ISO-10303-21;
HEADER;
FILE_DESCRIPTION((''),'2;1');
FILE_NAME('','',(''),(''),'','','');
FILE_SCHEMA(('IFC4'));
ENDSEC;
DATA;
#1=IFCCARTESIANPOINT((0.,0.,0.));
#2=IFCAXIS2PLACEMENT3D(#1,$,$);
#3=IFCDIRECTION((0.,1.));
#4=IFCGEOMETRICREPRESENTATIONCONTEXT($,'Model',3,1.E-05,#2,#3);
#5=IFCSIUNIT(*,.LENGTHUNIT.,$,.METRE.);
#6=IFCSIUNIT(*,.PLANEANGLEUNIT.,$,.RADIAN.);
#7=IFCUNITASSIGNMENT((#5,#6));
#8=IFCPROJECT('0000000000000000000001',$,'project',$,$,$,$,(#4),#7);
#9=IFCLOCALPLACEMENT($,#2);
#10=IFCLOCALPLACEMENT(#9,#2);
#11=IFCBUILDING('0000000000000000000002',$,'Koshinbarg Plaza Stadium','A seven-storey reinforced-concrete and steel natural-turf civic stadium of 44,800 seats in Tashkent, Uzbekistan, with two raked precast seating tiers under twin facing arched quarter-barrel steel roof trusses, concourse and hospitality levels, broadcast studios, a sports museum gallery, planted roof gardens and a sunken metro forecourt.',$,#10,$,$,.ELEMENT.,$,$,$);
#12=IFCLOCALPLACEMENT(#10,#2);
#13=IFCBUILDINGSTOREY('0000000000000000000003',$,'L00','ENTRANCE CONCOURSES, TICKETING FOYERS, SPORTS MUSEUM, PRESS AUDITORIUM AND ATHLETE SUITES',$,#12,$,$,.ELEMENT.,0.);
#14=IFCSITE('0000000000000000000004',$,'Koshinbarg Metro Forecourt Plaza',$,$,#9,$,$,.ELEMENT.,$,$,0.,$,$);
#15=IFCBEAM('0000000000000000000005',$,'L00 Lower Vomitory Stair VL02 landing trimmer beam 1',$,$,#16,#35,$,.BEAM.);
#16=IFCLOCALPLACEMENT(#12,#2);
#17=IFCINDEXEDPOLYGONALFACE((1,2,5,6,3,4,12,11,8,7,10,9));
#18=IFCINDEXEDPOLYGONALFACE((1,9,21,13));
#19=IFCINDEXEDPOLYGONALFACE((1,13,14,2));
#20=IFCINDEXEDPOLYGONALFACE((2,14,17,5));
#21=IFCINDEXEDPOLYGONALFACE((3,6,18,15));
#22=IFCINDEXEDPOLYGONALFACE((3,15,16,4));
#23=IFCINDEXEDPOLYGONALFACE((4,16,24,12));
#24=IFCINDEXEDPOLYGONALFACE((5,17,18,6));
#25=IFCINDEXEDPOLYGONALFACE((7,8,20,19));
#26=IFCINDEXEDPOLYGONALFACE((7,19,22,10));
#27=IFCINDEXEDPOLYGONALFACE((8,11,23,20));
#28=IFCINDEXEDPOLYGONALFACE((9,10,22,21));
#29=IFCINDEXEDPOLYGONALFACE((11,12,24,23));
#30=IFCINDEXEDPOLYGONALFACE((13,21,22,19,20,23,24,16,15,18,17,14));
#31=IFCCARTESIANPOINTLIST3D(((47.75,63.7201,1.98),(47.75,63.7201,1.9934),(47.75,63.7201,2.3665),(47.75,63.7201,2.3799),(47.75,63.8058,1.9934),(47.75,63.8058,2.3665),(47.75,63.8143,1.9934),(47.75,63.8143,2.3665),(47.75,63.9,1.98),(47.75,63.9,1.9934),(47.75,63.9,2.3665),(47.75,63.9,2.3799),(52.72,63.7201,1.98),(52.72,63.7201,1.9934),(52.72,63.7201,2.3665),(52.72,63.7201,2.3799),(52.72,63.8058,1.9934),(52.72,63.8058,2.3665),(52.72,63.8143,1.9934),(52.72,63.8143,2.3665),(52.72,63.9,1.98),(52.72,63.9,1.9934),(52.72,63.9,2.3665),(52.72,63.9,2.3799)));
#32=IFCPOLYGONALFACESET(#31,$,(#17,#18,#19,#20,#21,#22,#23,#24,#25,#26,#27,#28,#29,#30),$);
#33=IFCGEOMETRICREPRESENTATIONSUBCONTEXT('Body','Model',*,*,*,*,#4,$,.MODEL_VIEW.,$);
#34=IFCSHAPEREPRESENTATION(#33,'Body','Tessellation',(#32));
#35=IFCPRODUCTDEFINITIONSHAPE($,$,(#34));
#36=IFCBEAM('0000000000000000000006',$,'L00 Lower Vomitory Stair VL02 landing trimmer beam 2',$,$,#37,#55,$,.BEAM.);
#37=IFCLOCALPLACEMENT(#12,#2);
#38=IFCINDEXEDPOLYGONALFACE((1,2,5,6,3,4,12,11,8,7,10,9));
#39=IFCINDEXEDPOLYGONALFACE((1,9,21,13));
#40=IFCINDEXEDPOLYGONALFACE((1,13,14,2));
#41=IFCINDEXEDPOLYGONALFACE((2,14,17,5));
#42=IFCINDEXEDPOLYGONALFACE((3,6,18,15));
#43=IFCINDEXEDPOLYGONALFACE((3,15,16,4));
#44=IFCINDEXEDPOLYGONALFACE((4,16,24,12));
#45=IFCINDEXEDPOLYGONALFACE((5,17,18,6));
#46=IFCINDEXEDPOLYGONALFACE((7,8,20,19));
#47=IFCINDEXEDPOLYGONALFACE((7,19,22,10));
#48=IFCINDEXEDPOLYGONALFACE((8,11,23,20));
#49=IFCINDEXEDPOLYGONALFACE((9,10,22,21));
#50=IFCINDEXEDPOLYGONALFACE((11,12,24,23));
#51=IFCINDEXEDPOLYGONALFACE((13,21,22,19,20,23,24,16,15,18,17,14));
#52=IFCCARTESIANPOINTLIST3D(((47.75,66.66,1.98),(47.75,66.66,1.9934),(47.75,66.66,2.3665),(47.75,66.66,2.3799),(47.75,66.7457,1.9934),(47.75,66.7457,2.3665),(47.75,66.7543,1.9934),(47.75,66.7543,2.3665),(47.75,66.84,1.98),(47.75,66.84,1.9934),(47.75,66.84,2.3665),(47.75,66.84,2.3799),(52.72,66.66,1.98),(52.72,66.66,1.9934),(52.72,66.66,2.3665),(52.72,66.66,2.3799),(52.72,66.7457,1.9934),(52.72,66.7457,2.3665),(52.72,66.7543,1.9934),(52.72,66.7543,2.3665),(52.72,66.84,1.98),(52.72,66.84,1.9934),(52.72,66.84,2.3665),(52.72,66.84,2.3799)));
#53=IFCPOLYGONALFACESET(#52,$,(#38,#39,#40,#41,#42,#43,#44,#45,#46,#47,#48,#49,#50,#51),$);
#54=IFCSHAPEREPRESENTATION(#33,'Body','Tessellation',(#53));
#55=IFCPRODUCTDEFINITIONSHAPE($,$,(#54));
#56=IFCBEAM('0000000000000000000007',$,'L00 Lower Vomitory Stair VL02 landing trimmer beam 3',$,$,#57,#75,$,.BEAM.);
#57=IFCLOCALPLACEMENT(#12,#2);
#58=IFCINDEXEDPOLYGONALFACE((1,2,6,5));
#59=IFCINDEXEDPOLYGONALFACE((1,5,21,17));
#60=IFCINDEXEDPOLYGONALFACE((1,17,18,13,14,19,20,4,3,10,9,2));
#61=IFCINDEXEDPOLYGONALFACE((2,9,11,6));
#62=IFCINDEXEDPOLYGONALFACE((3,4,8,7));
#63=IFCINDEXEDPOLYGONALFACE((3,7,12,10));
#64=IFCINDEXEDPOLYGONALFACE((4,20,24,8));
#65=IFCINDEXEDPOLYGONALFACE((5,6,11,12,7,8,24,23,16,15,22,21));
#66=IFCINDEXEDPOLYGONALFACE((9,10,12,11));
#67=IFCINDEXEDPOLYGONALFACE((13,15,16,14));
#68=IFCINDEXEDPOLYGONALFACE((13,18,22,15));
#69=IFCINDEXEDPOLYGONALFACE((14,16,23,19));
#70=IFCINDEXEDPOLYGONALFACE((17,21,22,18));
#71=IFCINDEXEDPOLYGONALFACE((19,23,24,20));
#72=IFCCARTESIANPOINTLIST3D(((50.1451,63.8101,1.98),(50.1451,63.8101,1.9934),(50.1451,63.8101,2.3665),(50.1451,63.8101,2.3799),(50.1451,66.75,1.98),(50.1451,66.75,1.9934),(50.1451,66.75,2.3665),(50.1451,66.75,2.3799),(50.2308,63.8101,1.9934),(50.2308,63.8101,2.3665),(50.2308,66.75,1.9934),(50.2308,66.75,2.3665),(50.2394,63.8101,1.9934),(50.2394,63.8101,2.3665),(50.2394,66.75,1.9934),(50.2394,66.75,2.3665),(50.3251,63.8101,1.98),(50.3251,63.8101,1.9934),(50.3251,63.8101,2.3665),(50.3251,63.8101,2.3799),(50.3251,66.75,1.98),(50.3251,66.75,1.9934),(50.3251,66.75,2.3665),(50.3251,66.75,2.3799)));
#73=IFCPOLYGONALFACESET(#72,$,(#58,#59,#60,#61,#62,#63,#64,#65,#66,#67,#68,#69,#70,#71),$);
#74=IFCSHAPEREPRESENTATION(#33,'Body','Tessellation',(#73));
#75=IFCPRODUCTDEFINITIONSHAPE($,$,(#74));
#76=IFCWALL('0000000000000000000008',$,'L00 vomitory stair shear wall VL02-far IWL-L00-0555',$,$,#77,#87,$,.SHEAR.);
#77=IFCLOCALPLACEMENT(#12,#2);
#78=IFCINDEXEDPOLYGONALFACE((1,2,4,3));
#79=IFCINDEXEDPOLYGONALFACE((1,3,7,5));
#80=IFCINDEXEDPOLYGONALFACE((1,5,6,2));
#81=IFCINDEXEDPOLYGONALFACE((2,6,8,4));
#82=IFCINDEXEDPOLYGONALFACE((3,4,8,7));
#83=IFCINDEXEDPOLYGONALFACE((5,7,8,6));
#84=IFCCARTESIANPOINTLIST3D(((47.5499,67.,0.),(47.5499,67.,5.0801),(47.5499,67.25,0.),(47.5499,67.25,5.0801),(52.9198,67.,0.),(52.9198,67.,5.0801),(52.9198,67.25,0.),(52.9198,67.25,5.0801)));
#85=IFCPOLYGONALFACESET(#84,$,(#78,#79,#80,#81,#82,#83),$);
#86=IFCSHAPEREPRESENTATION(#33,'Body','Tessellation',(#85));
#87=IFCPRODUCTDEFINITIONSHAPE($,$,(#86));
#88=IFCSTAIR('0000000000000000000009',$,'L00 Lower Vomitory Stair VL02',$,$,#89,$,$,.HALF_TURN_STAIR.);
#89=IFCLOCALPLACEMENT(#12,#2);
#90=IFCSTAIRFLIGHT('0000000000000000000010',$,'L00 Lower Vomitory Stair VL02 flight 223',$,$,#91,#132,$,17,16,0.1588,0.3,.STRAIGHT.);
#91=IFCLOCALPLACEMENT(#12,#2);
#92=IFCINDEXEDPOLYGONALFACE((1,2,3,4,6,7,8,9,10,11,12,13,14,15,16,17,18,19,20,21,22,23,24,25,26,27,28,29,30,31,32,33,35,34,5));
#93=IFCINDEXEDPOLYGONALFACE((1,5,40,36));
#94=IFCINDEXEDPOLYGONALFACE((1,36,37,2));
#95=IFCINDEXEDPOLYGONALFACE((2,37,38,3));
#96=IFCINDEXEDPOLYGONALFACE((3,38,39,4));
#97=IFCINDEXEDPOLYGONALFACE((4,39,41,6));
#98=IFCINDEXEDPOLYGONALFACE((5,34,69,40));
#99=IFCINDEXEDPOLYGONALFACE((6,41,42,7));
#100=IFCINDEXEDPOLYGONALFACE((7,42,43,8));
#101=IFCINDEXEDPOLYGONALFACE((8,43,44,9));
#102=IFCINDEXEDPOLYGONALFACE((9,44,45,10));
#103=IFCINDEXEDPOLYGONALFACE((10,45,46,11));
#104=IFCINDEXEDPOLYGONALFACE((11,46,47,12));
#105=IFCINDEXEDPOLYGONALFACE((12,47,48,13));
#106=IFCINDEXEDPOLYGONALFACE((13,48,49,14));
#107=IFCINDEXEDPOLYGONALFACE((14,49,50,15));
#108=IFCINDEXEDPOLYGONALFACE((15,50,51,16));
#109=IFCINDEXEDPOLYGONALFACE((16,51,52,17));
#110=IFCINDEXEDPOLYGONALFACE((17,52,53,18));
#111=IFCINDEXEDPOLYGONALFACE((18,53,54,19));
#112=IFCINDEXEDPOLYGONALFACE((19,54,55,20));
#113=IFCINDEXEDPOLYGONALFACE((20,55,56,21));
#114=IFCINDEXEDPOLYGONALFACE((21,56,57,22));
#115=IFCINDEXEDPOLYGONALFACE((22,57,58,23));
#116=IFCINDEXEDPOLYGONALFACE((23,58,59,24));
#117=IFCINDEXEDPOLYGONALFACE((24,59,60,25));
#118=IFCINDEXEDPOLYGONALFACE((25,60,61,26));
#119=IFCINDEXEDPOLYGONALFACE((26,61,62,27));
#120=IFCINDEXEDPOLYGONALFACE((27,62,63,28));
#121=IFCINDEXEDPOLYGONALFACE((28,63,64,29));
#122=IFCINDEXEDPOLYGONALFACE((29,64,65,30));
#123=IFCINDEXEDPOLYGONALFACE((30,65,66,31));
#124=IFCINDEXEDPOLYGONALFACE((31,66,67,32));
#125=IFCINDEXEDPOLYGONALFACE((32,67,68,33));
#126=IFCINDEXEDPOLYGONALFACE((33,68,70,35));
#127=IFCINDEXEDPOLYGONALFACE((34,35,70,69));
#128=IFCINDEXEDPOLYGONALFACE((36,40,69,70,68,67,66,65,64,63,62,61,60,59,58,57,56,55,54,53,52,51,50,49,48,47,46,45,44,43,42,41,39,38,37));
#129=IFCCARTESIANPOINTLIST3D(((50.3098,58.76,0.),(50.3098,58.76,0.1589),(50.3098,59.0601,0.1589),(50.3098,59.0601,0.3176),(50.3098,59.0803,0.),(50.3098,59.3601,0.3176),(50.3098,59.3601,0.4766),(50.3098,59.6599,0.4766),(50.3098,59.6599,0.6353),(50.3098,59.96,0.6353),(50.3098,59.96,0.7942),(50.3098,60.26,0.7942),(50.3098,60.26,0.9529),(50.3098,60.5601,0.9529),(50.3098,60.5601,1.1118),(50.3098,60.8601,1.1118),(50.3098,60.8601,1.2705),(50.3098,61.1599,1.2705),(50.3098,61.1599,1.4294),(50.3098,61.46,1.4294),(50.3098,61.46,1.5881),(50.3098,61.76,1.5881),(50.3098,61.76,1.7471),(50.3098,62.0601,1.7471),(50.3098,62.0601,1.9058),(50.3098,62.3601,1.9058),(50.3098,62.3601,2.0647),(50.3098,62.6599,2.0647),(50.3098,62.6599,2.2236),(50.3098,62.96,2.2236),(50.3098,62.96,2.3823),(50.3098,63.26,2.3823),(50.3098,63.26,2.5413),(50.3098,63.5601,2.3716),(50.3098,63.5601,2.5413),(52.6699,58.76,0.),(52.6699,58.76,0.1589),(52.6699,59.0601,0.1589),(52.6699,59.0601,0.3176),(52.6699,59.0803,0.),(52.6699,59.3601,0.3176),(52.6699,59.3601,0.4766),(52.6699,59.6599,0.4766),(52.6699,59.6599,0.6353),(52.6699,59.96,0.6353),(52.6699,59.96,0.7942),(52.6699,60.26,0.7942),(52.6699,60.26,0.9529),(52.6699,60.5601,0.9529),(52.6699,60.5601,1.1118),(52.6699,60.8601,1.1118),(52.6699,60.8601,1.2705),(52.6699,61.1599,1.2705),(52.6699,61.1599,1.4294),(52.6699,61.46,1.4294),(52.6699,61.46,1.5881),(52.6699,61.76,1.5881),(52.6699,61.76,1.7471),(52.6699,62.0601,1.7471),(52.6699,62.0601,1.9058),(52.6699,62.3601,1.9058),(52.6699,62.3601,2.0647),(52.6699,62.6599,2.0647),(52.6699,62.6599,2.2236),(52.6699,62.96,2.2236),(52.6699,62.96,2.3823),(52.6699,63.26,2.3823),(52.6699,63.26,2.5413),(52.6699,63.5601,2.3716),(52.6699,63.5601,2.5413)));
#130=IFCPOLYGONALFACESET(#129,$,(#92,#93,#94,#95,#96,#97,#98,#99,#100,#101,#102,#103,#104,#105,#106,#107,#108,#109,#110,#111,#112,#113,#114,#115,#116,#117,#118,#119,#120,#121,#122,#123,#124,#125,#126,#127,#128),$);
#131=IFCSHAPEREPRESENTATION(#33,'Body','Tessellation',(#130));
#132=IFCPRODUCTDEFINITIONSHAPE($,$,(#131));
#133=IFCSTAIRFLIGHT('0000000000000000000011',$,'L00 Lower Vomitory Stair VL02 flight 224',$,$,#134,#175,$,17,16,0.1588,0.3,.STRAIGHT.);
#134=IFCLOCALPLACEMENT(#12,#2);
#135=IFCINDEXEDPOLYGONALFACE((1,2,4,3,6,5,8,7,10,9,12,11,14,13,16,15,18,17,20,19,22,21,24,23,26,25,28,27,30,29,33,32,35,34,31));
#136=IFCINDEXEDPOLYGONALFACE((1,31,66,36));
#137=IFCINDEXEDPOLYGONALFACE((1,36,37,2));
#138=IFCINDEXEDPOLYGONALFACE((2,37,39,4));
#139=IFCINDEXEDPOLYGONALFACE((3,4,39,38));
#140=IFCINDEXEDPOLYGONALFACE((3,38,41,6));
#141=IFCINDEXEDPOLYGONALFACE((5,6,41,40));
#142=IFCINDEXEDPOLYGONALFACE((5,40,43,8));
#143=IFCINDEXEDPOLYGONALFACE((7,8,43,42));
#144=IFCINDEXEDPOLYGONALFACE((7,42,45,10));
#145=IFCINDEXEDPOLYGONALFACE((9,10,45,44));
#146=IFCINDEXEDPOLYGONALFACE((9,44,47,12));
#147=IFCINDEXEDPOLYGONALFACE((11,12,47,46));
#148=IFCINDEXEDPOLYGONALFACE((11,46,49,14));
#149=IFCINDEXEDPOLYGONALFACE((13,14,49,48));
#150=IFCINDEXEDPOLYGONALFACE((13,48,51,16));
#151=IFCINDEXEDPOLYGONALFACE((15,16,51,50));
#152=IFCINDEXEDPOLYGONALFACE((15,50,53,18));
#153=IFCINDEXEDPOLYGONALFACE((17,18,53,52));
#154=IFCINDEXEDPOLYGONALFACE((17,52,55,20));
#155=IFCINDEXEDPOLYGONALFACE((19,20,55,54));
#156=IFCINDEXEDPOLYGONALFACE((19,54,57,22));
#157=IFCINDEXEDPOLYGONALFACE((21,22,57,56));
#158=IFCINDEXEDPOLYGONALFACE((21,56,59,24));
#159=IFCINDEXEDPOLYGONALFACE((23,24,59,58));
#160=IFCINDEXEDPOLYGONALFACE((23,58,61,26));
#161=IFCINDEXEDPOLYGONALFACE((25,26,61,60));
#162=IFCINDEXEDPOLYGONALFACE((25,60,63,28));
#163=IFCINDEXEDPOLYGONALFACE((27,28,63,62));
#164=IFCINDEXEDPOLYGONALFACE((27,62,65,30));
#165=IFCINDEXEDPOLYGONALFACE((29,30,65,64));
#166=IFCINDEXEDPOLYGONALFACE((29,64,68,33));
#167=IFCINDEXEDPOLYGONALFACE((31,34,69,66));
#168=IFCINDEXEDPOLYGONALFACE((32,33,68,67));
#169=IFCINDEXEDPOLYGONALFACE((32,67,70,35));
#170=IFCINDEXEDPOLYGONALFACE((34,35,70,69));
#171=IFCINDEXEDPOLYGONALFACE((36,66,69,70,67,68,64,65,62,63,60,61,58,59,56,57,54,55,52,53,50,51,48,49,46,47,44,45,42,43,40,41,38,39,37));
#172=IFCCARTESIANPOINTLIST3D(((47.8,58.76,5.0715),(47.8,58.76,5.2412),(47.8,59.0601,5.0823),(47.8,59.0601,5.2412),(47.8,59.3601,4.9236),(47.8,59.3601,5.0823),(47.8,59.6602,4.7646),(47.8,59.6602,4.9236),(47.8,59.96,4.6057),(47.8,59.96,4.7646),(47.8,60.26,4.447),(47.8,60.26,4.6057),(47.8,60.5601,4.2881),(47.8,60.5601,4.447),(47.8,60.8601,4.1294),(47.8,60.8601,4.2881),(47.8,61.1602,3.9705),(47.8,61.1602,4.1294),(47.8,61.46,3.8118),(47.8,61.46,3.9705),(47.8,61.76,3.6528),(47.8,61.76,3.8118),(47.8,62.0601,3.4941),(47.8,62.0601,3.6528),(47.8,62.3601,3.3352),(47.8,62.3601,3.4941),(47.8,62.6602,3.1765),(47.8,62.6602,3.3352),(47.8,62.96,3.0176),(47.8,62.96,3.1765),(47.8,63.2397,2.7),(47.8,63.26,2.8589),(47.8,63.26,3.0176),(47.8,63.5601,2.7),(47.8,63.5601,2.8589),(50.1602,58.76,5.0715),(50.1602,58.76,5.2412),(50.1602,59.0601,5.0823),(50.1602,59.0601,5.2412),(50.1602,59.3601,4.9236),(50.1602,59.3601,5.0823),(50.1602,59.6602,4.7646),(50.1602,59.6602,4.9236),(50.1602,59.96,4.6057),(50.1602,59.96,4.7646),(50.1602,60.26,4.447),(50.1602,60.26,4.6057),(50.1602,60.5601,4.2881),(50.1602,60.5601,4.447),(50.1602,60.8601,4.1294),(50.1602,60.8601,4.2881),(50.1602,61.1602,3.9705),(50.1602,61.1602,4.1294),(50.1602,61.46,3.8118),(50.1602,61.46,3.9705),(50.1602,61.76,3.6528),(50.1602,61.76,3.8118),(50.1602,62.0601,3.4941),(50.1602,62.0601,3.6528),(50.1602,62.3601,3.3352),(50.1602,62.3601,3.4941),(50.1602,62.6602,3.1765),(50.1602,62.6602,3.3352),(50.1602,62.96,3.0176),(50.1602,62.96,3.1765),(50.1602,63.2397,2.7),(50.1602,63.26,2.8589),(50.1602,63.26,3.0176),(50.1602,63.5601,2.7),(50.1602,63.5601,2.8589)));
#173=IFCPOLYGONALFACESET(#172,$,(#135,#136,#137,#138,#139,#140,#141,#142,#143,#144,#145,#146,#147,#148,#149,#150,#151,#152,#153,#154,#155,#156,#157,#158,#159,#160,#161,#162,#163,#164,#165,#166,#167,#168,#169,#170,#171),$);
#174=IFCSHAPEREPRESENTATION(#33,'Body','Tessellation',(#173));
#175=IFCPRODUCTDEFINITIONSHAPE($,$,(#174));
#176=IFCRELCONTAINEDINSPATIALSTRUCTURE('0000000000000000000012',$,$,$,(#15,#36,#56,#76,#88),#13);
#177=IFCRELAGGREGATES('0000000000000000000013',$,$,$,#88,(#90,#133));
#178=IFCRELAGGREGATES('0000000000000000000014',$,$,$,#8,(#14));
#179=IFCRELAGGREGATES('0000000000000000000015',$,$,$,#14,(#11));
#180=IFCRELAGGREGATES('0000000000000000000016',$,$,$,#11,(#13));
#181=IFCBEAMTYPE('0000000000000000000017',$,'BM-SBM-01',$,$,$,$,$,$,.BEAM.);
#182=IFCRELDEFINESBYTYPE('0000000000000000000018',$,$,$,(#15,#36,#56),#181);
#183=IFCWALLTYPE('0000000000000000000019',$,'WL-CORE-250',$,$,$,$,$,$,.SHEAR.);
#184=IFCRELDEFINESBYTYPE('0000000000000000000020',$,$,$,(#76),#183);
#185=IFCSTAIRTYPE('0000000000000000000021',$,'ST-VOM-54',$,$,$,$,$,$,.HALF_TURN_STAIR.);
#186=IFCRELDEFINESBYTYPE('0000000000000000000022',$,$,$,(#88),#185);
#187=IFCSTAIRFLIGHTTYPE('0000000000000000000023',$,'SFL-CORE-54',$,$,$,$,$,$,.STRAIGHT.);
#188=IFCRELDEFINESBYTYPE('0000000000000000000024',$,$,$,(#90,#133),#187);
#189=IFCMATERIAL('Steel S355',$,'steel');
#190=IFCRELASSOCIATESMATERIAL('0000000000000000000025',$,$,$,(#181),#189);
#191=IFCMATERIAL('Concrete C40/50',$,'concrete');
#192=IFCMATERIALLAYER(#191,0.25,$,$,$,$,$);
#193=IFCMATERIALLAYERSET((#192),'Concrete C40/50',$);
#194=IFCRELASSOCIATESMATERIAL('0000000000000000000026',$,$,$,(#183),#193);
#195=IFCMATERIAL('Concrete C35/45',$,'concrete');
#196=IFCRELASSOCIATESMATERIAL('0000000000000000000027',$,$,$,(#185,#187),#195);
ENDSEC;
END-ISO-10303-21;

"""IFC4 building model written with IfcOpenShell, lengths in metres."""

from ifc_helpers import new_model, si_unit, direction, frame, frame_2d, origin, origin_2d, place, context, subcontext, project, spatial, polyline, rectangle, i_section, outline, extrude, material, layer, layer_set, material_profile, profile_set, type_object, element, aggregate, save


model = new_model("IFC4")

# Units and contexts
model_context = context("Model", 3, precision=1e-05, world=origin(), true_north=direction((0.0, 1.0)))
body_context = subcontext(model_context, "Body", "Model", "MODEL_VIEW")
ifc_project = project(units=[si_unit("LENGTHUNIT", "METRE"), si_unit("PLANEANGLEUNIT", "RADIAN")], contexts=[model_context])

# Site, building, storey
site_placement = place(None, origin())
site = spatial("IfcSite", under=ifc_project, at=site_placement, Name="Koshinbarg Metro Forecourt Plaza", CompositionType="ELEMENT", RefElevation=0.0)
building_placement = place(site_placement, origin())
building = spatial("IfcBuilding", under=site, at=building_placement, Name="Koshinbarg Plaza Stadium", Description="A seven-storey reinforced-concrete and steel natural-turf civic stadium of 44,800 seats in Tashkent, Uzbekistan, with two raked precast seating tiers under twin facing arched quarter-barrel steel roof trusses, concourse and hospitality levels, broadcast studios, a sports museum gallery, planted roof gardens and a sunken metro forecourt.", CompositionType="ELEMENT")
storey_placement = place(building_placement, origin())
storey = spatial("IfcBuildingStorey", under=building, at=storey_placement, Name="L00", Description="ENTRANCE CONCOURSES, TICKETING FOYERS, SPORTS MUSEUM, PRESS AUDITORIUM AND ATHLETE SUITES", CompositionType="ELEMENT", Elevation=0.0)

# Shared definitions
ifc_material_1 = material(Name="Concrete C35/45", Category="concrete")

# Shared definitions
ifc_material_2 = material(Name="Concrete C40/50", Category="concrete")

# Beams
ifc_material_3 = material(Name="Steel S355", Category="steel")
ifc_material_profile_1 = material_profile(ifc_material_3, i_section(OverallWidth=0.1799, OverallDepth=0.3999, WebThickness=0.0085, FlangeThickness=0.0134, at=origin_2d()), Name="IPE 400")
ifc_profile_set_1 = profile_set([ifc_material_profile_1], Name="Steel S355")
beam_type = type_object("IfcBeamType", Name="BM-SBM-01", PredefinedType="BEAM", material=ifc_profile_set_1)
for number, where, z_axis, x_axis, name in (
    (1, (47.75, 63.8101, 2.1799), (1.0, 0.0, 0.0), (0.0, 1.0, 0.0), "L00 Lower Vomitory Stair VL02 landing trimmer beam 1"),
    (2, (47.75, 66.75, 2.1799), (1.0, 0.0, 0.0), (0.0, 1.0, 0.0), "L00 Lower Vomitory Stair VL02 landing trimmer beam 2"),
):
    element("IfcBeam", number, at=place(storey_placement, frame(where, z_axis=z_axis, x_axis=x_axis)), inside=storey, type_object=beam_type, Name=name, PredefinedType="BEAM", context=body_context, shape_type="SweptSolid", body=[
        extrude(i_section(OverallWidth=0.1799, OverallDepth=0.3999, WebThickness=0.0085, FlangeThickness=0.0134, at=origin_2d()), origin(), (0.0, 0.0, 1.0), 4.97),
    ])
beam_placement = place(storey_placement, frame((50.2351, 63.8101, 2.1799), z_axis=(0.0, 1.0, 0.0), x_axis=(-1.0, 0.0, 0.0)))
element("IfcBeam", 3, at=beam_placement, inside=storey, type_object=beam_type, Name="L00 Lower Vomitory Stair VL02 landing trimmer beam 3", PredefinedType="BEAM", context=body_context, shape_type="SweptSolid", body=[
    extrude(i_section(OverallWidth=0.1799, OverallDepth=0.3999, WebThickness=0.0085, FlangeThickness=0.0134, at=origin_2d()), origin(), (0.0, 0.0, 1.0), 2.9399),
])

# Wall
ifc_layer = layer(ifc_material_2, 0.25)
ifc_layer_set = layer_set([ifc_layer], Name="Concrete C40/50")
wall_type = type_object("IfcWallType", Name="WL-CORE-250", PredefinedType="SHEAR", material=ifc_layer_set)
wall_placement = place(storey_placement, frame((52.9199, 67.125, 0.0), z_axis=(0.0, 0.0, 1.0), x_axis=(-1.0, 0.0, 0.0)))
element("IfcWall", 4, at=wall_placement, inside=storey, type_object=wall_type, Name="L00 vomitory stair shear wall VL02-far IWL-L00-0555", PredefinedType="SHEAR", context=body_context, shape_type="SweptSolid", body=[
    extrude(rectangle(XDim=5.3699, YDim=0.25, at=frame_2d((2.6851, 0.0))), origin(), (0.0, 0.0, 1.0), 5.0801),
])

# Stair, stair flights
stair_type = type_object("IfcStairType", Name="ST-VOM-54", PredefinedType="HALF_TURN_STAIR", material=ifc_material_1)
stair_placement = place(storey_placement, origin())
stair = element("IfcStair", 5, at=stair_placement, inside=storey, type_object=stair_type, Name="L00 Lower Vomitory Stair VL02", PredefinedType="HALF_TURN_STAIR")
stair_flight_type = type_object("IfcStairFlightType", Name="SFL-CORE-54", PredefinedType="STRAIGHT", material=ifc_material_1)
stair_flight_1_placement = place(storey_placement, frame((51.49, 58.76, 0.0), z_axis=(0.0, 0.0, 1.0), x_axis=(0.0, 1.0, 0.0)))
stair_flight_1 = element("IfcStairFlight", 6, at=stair_flight_1_placement, type_object=stair_flight_type, Name="L00 Lower Vomitory Stair VL02 flight 223", NumberOfRisers=17, NumberOfTreads=16, PredefinedType="STRAIGHT", RiserHeight=0.1588, TreadLength=0.3, context=body_context, shape_type="SweptSolid", body=[
    extrude(outline(polyline([(0.0, 0.0), (0.0, 0.1589), (0.3, 0.1589), (0.3, 0.3176), (0.6001, 0.3176), (0.6001, 0.4766), (0.8999, 0.4766), (0.8999, 0.6353), (1.2, 0.6353), (1.2, 0.7942), (1.5, 0.7942), (1.5, 0.9529), (1.8, 0.9529), (1.8, 1.1118), (2.1001, 1.1118), (2.1001, 1.2705), (2.3999, 1.2705), (2.3999, 1.4294), (2.7, 1.4294), (2.7, 1.5881), (3.0, 1.5881), (3.0, 1.7471), (3.3, 1.7471), (3.3, 1.9058), (3.6001, 1.9058), (3.6001, 2.0647), (3.8999, 2.0647), (3.8999, 2.2236), (4.2, 2.2236), (4.2, 2.3823), (4.5, 2.3823), (4.5, 2.5413), (4.8, 2.5413), (4.8, 2.7), (4.8, 2.3716), (0.3203, 0.0), (0.0, 0.0)])), frame((0.0, 1.1802, 0.0), z_axis=(0.0, -1.0, 0.0), x_axis=(1.0, 0.0, 0.0)), (0.0, 0.0, 1.0), 2.3601),
])
stair_flight_2_placement = place(storey_placement, frame((48.98, 63.5601, 2.7), z_axis=(0.0, 0.0, 1.0), x_axis=(0.0, -1.0, 0.0)))
stair_flight_2 = element("IfcStairFlight", 7, at=stair_flight_2_placement, type_object=stair_flight_type, Name="L00 Lower Vomitory Stair VL02 flight 224", NumberOfRisers=17, NumberOfTreads=16, PredefinedType="STRAIGHT", RiserHeight=0.1588, TreadLength=0.3, context=body_context, shape_type="SweptSolid", body=[
    extrude(outline(polyline([(0.0, 0.0), (0.0, 0.1589), (0.3, 0.1589), (0.3, 0.3176), (0.6001, 0.3176), (0.6001, 0.4766), (0.8999, 0.4766), (0.8999, 0.6353), (1.2, 0.6353), (1.2, 0.7942), (1.5, 0.7942), (1.5, 0.9529), (1.8, 0.9529), (1.8, 1.1118), (2.1001, 1.1118), (2.1001, 1.2705), (2.3999, 1.2705), (2.3999, 1.4294), (2.7, 1.4294), (2.7, 1.5881), (3.0, 1.5881), (3.0, 1.7471), (3.3, 1.7471), (3.3, 1.9058), (3.6001, 1.9058), (3.6001, 2.0647), (3.8999, 2.0647), (3.8999, 2.2236), (4.2, 2.2236), (4.2, 2.3823), (4.5, 2.3823), (4.5, 2.5413), (4.8, 2.5413), (4.8, 2.7), (4.8, 2.3716), (0.3203, 0.0), (0.0, 0.0)])), frame((0.0, 1.1802, 0.0), z_axis=(0.0, -1.0, 0.0), x_axis=(1.0, 0.0, 0.0)), (0.0, 0.0, 1.0), 2.3601),
])
aggregate(stair, [stair_flight_1, stair_flight_2])

save(model, "model.ifc")
